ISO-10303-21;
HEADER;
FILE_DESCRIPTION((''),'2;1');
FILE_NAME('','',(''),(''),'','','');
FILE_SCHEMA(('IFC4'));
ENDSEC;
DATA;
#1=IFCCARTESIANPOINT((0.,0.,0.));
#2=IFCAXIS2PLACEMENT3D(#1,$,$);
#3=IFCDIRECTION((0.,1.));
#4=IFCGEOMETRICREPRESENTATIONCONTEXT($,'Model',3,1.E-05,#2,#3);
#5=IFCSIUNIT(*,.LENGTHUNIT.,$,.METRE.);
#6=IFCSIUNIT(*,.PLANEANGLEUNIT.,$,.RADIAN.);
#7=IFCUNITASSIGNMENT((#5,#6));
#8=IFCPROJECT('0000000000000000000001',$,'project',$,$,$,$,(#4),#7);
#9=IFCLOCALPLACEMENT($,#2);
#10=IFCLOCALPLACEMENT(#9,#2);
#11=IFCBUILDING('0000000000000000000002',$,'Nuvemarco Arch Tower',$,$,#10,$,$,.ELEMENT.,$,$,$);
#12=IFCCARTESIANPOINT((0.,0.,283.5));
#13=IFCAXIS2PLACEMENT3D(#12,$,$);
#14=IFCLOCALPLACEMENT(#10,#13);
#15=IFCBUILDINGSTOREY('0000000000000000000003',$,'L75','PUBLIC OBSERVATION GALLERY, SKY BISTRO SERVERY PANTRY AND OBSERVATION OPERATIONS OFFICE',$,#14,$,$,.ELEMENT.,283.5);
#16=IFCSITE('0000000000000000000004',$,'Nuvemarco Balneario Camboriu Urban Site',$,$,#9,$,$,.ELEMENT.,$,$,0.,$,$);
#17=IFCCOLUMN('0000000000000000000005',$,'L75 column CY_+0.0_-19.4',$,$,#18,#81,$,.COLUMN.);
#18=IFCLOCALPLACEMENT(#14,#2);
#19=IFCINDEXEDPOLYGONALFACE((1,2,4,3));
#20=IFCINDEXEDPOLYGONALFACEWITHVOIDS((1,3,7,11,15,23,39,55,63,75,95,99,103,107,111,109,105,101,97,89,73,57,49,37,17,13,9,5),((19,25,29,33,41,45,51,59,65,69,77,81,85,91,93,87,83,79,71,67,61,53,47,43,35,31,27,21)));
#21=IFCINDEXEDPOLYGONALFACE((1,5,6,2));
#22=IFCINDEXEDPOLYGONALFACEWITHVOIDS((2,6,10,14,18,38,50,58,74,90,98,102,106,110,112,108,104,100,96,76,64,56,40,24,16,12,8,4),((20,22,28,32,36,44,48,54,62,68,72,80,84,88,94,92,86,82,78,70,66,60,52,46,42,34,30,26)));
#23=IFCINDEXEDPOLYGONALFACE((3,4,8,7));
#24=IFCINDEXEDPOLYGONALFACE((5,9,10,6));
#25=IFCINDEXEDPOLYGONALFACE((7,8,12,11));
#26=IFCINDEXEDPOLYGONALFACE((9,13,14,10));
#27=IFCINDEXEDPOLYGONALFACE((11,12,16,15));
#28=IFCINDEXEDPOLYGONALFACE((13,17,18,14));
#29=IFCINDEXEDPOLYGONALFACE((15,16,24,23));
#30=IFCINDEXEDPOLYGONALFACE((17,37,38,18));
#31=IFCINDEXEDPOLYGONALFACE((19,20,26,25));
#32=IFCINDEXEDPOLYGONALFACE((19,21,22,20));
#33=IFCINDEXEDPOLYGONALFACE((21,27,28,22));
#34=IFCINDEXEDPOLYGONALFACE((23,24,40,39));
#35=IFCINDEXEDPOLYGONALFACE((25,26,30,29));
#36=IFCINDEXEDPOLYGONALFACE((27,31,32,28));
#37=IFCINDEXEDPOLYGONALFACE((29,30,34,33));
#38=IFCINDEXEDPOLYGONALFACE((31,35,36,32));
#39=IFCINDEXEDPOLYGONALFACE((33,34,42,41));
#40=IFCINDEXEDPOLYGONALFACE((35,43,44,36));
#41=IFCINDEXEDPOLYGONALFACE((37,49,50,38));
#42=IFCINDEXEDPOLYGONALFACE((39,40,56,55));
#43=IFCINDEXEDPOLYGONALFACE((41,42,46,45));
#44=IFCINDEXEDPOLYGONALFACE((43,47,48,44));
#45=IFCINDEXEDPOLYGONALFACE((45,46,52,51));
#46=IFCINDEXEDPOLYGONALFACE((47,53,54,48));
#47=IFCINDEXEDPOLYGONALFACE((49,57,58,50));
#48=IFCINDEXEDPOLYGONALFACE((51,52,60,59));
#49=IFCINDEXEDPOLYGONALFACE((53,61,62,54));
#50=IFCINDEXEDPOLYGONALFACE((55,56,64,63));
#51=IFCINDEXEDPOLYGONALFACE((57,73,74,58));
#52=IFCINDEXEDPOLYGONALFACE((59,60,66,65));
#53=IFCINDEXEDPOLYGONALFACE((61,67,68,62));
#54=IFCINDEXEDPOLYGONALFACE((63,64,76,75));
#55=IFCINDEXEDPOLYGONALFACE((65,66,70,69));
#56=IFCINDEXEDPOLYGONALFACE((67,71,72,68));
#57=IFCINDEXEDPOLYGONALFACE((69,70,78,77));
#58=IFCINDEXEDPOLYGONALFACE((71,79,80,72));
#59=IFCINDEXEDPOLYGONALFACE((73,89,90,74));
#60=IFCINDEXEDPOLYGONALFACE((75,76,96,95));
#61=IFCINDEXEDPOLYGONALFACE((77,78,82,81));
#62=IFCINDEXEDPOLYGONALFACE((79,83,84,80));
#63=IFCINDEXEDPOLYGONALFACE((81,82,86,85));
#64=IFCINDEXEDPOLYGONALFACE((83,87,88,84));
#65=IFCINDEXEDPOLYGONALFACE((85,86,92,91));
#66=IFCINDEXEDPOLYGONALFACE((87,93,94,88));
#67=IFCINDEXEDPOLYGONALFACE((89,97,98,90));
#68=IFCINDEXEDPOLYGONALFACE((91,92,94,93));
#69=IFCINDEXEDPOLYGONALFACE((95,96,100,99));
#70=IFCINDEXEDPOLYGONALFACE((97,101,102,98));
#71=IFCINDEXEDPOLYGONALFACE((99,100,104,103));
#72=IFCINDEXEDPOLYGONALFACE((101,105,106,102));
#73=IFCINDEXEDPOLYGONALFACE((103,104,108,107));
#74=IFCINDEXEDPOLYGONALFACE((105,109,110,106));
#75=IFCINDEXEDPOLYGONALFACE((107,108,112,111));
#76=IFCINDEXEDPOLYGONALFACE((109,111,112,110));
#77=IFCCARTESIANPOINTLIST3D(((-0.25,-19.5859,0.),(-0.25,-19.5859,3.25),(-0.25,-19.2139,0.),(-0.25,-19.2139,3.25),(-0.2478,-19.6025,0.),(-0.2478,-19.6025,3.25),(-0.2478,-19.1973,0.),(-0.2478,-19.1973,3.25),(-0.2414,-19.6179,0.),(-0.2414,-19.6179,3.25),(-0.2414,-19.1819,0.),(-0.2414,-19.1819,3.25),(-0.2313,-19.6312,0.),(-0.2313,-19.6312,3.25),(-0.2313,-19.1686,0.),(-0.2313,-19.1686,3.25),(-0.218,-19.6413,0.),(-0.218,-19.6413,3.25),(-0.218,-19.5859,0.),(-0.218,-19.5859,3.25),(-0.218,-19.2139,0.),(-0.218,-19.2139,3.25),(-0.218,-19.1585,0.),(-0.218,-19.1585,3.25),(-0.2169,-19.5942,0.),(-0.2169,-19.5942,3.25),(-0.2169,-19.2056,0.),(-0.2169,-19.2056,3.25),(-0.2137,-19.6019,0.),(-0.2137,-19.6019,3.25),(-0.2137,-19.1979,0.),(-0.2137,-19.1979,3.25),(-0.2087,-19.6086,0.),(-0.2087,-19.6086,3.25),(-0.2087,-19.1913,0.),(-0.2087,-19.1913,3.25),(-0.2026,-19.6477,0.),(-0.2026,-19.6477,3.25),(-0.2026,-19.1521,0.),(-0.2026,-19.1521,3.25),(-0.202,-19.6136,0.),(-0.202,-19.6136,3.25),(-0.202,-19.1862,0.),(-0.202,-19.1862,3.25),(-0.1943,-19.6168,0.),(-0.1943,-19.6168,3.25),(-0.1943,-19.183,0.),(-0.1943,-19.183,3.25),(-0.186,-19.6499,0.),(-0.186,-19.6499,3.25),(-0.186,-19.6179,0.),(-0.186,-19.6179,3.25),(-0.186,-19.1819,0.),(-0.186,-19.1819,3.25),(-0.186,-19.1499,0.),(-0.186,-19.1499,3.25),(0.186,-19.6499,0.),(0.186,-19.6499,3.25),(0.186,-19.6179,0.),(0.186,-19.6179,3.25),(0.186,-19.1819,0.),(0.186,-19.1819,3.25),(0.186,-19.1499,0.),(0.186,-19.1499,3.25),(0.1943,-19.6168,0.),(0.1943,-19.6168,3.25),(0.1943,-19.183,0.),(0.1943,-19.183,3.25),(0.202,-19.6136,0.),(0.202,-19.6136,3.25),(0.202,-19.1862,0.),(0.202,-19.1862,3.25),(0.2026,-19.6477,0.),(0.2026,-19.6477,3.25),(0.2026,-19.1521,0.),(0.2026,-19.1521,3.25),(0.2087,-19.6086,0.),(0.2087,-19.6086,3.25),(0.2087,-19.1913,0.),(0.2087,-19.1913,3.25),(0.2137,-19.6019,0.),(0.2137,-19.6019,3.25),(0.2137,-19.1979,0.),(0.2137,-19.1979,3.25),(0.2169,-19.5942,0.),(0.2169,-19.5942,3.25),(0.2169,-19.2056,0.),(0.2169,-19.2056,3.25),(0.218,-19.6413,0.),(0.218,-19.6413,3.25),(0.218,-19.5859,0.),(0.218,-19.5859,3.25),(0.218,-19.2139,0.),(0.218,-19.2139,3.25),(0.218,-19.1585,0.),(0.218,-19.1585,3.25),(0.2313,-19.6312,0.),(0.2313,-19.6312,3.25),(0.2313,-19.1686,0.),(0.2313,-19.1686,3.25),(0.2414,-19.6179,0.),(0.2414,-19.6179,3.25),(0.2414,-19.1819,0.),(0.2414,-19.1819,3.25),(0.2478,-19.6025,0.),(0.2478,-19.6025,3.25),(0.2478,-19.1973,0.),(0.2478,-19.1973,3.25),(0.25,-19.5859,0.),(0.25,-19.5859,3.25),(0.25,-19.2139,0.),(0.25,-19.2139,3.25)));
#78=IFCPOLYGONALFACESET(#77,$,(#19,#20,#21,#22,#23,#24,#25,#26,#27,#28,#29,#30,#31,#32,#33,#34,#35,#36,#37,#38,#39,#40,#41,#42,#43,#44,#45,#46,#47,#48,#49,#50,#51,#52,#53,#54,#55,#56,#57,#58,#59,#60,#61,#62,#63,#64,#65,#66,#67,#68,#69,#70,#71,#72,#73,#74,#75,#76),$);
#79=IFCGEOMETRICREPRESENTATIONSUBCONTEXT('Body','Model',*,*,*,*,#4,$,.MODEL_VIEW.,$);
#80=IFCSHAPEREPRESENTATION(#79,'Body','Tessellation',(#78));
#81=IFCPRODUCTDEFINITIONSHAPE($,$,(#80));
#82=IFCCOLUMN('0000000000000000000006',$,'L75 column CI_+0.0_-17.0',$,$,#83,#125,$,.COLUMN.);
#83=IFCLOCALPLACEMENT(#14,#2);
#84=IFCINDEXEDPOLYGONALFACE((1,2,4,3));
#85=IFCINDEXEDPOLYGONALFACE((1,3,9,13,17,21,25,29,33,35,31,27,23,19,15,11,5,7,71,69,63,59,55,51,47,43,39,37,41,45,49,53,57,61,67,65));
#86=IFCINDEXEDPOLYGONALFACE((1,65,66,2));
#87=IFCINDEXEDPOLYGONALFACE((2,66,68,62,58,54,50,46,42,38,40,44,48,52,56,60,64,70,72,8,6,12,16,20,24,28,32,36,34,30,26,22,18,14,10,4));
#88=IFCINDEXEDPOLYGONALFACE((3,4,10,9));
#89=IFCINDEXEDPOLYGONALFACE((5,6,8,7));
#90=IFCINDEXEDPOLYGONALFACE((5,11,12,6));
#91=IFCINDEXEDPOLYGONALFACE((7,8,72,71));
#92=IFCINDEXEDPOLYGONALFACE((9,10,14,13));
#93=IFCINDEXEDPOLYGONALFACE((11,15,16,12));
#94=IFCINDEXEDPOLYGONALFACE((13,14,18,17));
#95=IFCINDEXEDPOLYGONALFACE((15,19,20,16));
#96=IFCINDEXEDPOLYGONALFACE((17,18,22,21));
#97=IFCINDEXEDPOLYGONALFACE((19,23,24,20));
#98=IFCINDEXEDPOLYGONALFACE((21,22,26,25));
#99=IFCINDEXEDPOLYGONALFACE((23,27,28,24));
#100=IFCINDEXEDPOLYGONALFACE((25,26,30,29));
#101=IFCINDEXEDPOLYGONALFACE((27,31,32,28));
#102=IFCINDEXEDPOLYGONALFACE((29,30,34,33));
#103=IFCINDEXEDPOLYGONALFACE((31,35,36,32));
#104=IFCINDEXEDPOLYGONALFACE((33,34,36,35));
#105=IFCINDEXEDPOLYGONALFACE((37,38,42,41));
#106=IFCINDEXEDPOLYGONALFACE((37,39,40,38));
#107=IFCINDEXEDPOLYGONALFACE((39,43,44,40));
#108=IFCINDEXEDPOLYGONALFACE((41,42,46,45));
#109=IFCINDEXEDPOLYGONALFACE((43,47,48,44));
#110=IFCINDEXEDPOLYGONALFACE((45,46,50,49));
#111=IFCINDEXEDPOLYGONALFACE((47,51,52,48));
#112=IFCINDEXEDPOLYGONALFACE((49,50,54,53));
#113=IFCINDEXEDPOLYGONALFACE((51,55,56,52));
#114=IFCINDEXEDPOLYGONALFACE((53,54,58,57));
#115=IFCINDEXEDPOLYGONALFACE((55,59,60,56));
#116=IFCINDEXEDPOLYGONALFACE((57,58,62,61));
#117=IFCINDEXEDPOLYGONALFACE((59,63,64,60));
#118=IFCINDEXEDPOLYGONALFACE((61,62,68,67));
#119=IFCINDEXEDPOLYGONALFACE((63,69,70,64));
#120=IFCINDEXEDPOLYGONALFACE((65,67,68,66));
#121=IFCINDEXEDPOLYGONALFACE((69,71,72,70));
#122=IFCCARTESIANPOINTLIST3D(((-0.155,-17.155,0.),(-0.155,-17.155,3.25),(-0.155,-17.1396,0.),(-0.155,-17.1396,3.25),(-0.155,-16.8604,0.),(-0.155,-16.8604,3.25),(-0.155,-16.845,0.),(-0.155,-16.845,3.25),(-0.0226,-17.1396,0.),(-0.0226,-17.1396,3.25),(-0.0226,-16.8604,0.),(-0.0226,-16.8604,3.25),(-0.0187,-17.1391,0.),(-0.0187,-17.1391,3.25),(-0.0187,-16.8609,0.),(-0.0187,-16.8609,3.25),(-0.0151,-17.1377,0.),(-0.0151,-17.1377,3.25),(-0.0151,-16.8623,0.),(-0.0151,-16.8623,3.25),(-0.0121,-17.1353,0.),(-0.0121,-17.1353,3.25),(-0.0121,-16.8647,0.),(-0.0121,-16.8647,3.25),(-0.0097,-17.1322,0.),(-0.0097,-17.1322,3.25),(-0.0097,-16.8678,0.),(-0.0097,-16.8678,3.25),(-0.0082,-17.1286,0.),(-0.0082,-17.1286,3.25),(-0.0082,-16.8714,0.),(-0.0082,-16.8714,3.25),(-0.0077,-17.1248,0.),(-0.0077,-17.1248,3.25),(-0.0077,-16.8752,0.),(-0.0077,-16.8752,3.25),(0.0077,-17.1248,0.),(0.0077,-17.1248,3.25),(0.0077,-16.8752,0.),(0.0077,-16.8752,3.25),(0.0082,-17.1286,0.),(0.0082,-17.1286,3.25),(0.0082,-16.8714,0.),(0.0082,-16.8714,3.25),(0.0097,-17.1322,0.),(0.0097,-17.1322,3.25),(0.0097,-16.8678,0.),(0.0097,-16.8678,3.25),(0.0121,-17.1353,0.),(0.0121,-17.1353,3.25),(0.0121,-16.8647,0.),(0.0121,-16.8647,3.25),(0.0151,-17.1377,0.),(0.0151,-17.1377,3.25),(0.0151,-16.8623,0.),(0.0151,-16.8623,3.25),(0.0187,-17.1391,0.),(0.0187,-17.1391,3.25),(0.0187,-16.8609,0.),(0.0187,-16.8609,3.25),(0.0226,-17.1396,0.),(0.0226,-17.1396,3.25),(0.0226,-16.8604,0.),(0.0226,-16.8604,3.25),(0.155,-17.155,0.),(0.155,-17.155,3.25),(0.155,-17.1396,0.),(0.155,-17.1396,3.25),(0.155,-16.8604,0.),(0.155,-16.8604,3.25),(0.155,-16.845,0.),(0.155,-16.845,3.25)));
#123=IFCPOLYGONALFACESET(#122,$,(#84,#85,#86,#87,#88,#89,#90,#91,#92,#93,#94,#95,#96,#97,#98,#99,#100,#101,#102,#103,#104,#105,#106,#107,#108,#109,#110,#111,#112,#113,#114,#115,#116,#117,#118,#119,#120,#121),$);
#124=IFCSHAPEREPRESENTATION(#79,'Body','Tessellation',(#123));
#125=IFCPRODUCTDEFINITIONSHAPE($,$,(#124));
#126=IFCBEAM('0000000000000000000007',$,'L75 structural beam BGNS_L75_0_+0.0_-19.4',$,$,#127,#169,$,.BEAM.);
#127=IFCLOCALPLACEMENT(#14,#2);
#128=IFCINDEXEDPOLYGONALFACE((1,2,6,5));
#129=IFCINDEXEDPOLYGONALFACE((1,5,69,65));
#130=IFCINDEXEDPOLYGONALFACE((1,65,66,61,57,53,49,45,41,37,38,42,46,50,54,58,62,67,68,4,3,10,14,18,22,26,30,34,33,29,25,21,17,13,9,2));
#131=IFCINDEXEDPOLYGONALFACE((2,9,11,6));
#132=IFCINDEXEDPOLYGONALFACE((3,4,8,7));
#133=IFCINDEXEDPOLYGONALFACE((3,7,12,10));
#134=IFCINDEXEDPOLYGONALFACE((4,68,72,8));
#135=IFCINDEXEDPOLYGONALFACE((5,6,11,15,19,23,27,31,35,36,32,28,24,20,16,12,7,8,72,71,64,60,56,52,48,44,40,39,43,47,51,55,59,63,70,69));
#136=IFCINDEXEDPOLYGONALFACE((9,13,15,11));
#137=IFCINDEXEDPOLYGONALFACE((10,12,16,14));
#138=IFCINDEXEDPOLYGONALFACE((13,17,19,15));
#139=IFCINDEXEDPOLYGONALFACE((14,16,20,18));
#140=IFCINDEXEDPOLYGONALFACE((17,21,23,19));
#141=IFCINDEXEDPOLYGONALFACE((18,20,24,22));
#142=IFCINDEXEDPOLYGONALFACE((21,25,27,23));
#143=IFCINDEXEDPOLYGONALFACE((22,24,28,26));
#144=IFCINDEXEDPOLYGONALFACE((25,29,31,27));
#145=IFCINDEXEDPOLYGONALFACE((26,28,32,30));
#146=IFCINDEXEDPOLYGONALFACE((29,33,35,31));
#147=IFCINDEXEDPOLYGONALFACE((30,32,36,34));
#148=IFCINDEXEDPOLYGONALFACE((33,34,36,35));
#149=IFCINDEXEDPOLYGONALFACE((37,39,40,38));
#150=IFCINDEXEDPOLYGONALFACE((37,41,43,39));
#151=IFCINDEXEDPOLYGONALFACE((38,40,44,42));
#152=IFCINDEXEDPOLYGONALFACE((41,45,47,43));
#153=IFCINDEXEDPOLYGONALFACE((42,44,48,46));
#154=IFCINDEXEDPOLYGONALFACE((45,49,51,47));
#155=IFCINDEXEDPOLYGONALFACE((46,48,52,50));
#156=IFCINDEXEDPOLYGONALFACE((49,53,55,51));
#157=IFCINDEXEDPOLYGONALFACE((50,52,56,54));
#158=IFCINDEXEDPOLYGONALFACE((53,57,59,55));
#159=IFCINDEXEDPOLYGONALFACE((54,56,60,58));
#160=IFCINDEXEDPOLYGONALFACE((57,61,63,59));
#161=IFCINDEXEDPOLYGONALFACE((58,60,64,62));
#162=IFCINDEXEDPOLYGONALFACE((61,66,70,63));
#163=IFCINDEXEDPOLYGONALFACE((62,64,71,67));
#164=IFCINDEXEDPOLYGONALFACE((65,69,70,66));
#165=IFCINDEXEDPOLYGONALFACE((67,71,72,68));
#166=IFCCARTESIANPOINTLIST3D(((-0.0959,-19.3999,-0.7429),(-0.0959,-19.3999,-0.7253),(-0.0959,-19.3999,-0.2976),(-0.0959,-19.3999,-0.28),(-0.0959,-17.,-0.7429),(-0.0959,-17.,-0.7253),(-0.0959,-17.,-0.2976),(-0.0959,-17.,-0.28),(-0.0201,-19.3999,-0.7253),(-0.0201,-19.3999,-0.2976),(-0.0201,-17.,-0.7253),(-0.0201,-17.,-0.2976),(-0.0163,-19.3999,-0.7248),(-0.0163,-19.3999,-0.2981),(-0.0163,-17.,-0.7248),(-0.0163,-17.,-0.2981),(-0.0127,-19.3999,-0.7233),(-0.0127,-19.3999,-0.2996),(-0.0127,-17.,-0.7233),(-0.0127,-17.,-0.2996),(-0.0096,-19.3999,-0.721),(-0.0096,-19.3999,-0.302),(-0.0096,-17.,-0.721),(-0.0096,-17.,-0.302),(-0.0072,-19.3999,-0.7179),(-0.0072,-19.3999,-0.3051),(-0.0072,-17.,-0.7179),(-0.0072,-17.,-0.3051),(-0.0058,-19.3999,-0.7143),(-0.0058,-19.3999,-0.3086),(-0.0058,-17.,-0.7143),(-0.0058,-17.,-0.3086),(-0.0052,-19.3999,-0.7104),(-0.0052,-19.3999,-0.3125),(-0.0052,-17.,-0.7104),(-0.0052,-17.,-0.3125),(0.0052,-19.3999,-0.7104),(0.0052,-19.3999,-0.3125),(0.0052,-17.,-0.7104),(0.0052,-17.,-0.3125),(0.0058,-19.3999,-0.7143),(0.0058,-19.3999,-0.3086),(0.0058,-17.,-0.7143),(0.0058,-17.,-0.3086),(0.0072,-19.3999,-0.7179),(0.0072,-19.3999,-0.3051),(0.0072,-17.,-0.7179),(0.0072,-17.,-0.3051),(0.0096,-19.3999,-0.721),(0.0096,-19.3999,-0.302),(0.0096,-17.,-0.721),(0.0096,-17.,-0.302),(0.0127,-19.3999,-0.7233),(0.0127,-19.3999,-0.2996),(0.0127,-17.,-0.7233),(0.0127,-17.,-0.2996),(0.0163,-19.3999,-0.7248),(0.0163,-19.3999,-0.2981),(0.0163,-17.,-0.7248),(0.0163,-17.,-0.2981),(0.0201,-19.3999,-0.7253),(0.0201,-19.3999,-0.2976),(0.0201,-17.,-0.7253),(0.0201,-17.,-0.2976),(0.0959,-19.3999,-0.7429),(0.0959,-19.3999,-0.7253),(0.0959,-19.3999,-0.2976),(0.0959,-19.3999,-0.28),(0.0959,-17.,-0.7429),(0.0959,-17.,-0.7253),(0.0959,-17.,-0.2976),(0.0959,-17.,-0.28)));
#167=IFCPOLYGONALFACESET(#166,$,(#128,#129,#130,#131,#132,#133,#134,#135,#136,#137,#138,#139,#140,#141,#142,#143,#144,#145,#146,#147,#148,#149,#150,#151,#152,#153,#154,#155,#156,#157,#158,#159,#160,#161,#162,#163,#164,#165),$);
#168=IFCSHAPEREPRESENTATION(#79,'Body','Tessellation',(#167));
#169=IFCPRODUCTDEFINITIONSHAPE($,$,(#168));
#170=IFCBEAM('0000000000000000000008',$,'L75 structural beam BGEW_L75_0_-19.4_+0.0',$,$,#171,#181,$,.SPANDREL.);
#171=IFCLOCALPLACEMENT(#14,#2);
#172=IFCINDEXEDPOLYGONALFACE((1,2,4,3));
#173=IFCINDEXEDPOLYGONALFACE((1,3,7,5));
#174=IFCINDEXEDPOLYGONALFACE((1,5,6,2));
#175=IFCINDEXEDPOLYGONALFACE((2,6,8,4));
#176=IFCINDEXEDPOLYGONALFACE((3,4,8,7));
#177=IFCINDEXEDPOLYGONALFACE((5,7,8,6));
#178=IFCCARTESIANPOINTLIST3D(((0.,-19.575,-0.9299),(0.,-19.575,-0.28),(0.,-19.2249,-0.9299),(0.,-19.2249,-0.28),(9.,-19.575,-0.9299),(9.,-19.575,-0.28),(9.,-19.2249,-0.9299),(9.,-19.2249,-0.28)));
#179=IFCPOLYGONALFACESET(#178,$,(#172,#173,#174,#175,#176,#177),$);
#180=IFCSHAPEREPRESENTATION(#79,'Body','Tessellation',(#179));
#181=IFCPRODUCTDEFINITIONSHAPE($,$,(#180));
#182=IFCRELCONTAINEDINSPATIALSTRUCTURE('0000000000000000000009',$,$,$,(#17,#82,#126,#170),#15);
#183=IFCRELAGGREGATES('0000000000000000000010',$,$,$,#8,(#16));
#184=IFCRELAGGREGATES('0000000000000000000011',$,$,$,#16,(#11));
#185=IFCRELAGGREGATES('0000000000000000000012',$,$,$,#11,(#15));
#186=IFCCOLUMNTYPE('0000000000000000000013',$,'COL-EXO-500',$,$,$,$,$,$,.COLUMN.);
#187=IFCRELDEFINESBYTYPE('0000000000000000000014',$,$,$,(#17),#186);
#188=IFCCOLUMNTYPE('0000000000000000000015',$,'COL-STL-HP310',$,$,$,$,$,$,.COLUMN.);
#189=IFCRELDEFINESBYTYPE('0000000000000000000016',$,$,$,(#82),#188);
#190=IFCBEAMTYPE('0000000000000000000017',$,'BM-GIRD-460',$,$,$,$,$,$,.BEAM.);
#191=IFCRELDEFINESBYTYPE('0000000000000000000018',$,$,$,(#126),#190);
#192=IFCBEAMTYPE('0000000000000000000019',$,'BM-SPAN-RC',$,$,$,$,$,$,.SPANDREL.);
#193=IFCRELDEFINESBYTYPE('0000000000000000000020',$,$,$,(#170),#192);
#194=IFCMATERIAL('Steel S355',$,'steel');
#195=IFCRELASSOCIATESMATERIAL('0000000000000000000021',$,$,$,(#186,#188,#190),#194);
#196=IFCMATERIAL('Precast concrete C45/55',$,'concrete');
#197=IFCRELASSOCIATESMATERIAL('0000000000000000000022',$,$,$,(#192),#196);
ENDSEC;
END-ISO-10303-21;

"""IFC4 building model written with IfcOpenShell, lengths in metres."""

from ifc_helpers import new_model, si_unit, direction, frame, origin, origin_2d, place, context, subcontext, project, spatial, rectangle, hollow_rectangle, i_section, extrude, material, material_profile, profile_set, type_object, element, save


model = new_model("IFC4")

# Units and contexts
model_context = context("Model", 3, precision=1e-05, world=origin(), true_north=direction((0.0, 1.0)))
body_context = subcontext(model_context, "Body", "Model", "MODEL_VIEW")
ifc_project = project(units=[si_unit("LENGTHUNIT", "METRE"), si_unit("PLANEANGLEUNIT", "RADIAN")], contexts=[model_context])

# Site, building, storey
site_placement = place(None, origin())
site = spatial("IfcSite", under=ifc_project, at=site_placement, Name="Nuvemarco Balneario Camboriu Urban Site", CompositionType="ELEMENT", RefElevation=0.0)
building_placement = place(site_placement, origin())
building = spatial("IfcBuilding", under=site, at=building_placement, Name="Nuvemarco Arch Tower", CompositionType="ELEMENT")
storey_placement = place(building_placement, frame((0.0, 0.0, 283.5)))
storey = spatial("IfcBuildingStorey", under=building, at=storey_placement, Name="L75", Description="PUBLIC OBSERVATION GALLERY, SKY BISTRO SERVERY PANTRY AND OBSERVATION OPERATIONS OFFICE", CompositionType="ELEMENT", Elevation=283.5)

# Columns
ifc_material_1 = material(Name="Steel S355", Category="steel")
ifc_material_profile_1 = material_profile(ifc_material_1, hollow_rectangle(XDim=0.5, YDim=0.5, WallThickness=0.032, InnerFilletRadius=0.032, OuterFilletRadius=0.064, at=origin_2d()), Name="SHS500x500x32")
ifc_profile_set_1 = profile_set([ifc_material_profile_1], Name="Steel S355")
column_type_1 = type_object("IfcColumnType", Name="COL-EXO-500", PredefinedType="COLUMN", material=ifc_profile_set_1)
column_1_placement = place(storey_placement, frame((0.0, -19.3999, 0.0), z_axis=(0.0, 0.0, 1.0), x_axis=(1.0, 0.0, 0.0)))
element("IfcColumn", 1, at=column_1_placement, inside=storey, type_object=column_type_1, Name="L75 column CY_+0.0_-19.4", PredefinedType="COLUMN", context=body_context, shape_type="SweptSolid", body=[
    extrude(hollow_rectangle(XDim=0.5, YDim=0.5, WallThickness=0.032, InnerFilletRadius=0.032, OuterFilletRadius=0.064, at=origin_2d()), origin(), (0.0, 0.0, 1.0), 3.25),
])
ifc_material_profile_2 = material_profile(ifc_material_1, i_section(OverallWidth=0.3101, OverallDepth=0.3101, WebThickness=0.0154, FlangeThickness=0.0154, FilletRadius=0.0149, at=origin_2d()), Name="HP310x110")
ifc_profile_set_2 = profile_set([ifc_material_profile_2], Name="Steel S355")
column_type_2 = type_object("IfcColumnType", Name="COL-STL-HP310", PredefinedType="COLUMN", material=ifc_profile_set_2)
column_2_placement = place(storey_placement, frame((0.0, -17.0, 0.0), z_axis=(0.0, 0.0, 1.0), x_axis=(1.0, 0.0, 0.0)))
element("IfcColumn", 2, at=column_2_placement, inside=storey, type_object=column_type_2, Name="L75 column CI_+0.0_-17.0", PredefinedType="COLUMN", context=body_context, shape_type="SweptSolid", body=[
    extrude(i_section(OverallWidth=0.3101, OverallDepth=0.3101, WebThickness=0.0154, FlangeThickness=0.0154, FilletRadius=0.0149, at=origin_2d()), origin(), (0.0, 0.0, 1.0), 3.25),
])

# Beams
ifc_material_profile_3 = material_profile(ifc_material_1, i_section(OverallWidth=0.1919, OverallDepth=0.4629, WebThickness=0.0105, FlangeThickness=0.0176, FilletRadius=0.0149, at=origin_2d()), Name="W460x89")
ifc_profile_set_3 = profile_set([ifc_material_profile_3], Name="Steel S355")
beam_type_1 = type_object("IfcBeamType", Name="BM-GIRD-460", PredefinedType="BEAM", material=ifc_profile_set_3)
beam_1_placement = place(storey_placement, frame((0.0, -19.3999, -0.5115), z_axis=(0.0, 1.0, 0.0), x_axis=(-1.0, 0.0, 0.0)))
element("IfcBeam", 3, at=beam_1_placement, inside=storey, type_object=beam_type_1, Name="L75 structural beam BGNS_L75_0_+0.0_-19.4", PredefinedType="BEAM", context=body_context, shape_type="SweptSolid", body=[
    extrude(i_section(OverallWidth=0.1919, OverallDepth=0.4629, WebThickness=0.0105, FlangeThickness=0.0176, FilletRadius=0.0149, at=origin_2d()), origin(), (0.0, 0.0, 1.0), 2.3999),
])
ifc_material_2 = material(Name="Precast concrete C45/55", Category="concrete")
ifc_material_profile_4 = material_profile(ifc_material_2, rectangle(XDim=0.3501, YDim=0.6499, at=origin_2d()), Name="PC-SP-350x650")
ifc_profile_set_4 = profile_set([ifc_material_profile_4], Name="Precast concrete C45/55")
beam_type_2 = type_object("IfcBeamType", Name="BM-SPAN-RC", PredefinedType="SPANDREL", material=ifc_profile_set_4)
beam_2_placement = place(storey_placement, frame((0.0, -19.3999, -0.605), z_axis=(1.0, 0.0, 0.0), x_axis=(0.0, 1.0, 0.0)))
element("IfcBeam", 4, at=beam_2_placement, inside=storey, type_object=beam_type_2, Name="L75 structural beam BGEW_L75_0_-19.4_+0.0", PredefinedType="SPANDREL", context=body_context, shape_type="SweptSolid", body=[
    extrude(rectangle(XDim=0.3501, YDim=0.6499, at=origin_2d()), origin(), (0.0, 0.0, 1.0), 9.0),
])

save(model, "model.ifc")
